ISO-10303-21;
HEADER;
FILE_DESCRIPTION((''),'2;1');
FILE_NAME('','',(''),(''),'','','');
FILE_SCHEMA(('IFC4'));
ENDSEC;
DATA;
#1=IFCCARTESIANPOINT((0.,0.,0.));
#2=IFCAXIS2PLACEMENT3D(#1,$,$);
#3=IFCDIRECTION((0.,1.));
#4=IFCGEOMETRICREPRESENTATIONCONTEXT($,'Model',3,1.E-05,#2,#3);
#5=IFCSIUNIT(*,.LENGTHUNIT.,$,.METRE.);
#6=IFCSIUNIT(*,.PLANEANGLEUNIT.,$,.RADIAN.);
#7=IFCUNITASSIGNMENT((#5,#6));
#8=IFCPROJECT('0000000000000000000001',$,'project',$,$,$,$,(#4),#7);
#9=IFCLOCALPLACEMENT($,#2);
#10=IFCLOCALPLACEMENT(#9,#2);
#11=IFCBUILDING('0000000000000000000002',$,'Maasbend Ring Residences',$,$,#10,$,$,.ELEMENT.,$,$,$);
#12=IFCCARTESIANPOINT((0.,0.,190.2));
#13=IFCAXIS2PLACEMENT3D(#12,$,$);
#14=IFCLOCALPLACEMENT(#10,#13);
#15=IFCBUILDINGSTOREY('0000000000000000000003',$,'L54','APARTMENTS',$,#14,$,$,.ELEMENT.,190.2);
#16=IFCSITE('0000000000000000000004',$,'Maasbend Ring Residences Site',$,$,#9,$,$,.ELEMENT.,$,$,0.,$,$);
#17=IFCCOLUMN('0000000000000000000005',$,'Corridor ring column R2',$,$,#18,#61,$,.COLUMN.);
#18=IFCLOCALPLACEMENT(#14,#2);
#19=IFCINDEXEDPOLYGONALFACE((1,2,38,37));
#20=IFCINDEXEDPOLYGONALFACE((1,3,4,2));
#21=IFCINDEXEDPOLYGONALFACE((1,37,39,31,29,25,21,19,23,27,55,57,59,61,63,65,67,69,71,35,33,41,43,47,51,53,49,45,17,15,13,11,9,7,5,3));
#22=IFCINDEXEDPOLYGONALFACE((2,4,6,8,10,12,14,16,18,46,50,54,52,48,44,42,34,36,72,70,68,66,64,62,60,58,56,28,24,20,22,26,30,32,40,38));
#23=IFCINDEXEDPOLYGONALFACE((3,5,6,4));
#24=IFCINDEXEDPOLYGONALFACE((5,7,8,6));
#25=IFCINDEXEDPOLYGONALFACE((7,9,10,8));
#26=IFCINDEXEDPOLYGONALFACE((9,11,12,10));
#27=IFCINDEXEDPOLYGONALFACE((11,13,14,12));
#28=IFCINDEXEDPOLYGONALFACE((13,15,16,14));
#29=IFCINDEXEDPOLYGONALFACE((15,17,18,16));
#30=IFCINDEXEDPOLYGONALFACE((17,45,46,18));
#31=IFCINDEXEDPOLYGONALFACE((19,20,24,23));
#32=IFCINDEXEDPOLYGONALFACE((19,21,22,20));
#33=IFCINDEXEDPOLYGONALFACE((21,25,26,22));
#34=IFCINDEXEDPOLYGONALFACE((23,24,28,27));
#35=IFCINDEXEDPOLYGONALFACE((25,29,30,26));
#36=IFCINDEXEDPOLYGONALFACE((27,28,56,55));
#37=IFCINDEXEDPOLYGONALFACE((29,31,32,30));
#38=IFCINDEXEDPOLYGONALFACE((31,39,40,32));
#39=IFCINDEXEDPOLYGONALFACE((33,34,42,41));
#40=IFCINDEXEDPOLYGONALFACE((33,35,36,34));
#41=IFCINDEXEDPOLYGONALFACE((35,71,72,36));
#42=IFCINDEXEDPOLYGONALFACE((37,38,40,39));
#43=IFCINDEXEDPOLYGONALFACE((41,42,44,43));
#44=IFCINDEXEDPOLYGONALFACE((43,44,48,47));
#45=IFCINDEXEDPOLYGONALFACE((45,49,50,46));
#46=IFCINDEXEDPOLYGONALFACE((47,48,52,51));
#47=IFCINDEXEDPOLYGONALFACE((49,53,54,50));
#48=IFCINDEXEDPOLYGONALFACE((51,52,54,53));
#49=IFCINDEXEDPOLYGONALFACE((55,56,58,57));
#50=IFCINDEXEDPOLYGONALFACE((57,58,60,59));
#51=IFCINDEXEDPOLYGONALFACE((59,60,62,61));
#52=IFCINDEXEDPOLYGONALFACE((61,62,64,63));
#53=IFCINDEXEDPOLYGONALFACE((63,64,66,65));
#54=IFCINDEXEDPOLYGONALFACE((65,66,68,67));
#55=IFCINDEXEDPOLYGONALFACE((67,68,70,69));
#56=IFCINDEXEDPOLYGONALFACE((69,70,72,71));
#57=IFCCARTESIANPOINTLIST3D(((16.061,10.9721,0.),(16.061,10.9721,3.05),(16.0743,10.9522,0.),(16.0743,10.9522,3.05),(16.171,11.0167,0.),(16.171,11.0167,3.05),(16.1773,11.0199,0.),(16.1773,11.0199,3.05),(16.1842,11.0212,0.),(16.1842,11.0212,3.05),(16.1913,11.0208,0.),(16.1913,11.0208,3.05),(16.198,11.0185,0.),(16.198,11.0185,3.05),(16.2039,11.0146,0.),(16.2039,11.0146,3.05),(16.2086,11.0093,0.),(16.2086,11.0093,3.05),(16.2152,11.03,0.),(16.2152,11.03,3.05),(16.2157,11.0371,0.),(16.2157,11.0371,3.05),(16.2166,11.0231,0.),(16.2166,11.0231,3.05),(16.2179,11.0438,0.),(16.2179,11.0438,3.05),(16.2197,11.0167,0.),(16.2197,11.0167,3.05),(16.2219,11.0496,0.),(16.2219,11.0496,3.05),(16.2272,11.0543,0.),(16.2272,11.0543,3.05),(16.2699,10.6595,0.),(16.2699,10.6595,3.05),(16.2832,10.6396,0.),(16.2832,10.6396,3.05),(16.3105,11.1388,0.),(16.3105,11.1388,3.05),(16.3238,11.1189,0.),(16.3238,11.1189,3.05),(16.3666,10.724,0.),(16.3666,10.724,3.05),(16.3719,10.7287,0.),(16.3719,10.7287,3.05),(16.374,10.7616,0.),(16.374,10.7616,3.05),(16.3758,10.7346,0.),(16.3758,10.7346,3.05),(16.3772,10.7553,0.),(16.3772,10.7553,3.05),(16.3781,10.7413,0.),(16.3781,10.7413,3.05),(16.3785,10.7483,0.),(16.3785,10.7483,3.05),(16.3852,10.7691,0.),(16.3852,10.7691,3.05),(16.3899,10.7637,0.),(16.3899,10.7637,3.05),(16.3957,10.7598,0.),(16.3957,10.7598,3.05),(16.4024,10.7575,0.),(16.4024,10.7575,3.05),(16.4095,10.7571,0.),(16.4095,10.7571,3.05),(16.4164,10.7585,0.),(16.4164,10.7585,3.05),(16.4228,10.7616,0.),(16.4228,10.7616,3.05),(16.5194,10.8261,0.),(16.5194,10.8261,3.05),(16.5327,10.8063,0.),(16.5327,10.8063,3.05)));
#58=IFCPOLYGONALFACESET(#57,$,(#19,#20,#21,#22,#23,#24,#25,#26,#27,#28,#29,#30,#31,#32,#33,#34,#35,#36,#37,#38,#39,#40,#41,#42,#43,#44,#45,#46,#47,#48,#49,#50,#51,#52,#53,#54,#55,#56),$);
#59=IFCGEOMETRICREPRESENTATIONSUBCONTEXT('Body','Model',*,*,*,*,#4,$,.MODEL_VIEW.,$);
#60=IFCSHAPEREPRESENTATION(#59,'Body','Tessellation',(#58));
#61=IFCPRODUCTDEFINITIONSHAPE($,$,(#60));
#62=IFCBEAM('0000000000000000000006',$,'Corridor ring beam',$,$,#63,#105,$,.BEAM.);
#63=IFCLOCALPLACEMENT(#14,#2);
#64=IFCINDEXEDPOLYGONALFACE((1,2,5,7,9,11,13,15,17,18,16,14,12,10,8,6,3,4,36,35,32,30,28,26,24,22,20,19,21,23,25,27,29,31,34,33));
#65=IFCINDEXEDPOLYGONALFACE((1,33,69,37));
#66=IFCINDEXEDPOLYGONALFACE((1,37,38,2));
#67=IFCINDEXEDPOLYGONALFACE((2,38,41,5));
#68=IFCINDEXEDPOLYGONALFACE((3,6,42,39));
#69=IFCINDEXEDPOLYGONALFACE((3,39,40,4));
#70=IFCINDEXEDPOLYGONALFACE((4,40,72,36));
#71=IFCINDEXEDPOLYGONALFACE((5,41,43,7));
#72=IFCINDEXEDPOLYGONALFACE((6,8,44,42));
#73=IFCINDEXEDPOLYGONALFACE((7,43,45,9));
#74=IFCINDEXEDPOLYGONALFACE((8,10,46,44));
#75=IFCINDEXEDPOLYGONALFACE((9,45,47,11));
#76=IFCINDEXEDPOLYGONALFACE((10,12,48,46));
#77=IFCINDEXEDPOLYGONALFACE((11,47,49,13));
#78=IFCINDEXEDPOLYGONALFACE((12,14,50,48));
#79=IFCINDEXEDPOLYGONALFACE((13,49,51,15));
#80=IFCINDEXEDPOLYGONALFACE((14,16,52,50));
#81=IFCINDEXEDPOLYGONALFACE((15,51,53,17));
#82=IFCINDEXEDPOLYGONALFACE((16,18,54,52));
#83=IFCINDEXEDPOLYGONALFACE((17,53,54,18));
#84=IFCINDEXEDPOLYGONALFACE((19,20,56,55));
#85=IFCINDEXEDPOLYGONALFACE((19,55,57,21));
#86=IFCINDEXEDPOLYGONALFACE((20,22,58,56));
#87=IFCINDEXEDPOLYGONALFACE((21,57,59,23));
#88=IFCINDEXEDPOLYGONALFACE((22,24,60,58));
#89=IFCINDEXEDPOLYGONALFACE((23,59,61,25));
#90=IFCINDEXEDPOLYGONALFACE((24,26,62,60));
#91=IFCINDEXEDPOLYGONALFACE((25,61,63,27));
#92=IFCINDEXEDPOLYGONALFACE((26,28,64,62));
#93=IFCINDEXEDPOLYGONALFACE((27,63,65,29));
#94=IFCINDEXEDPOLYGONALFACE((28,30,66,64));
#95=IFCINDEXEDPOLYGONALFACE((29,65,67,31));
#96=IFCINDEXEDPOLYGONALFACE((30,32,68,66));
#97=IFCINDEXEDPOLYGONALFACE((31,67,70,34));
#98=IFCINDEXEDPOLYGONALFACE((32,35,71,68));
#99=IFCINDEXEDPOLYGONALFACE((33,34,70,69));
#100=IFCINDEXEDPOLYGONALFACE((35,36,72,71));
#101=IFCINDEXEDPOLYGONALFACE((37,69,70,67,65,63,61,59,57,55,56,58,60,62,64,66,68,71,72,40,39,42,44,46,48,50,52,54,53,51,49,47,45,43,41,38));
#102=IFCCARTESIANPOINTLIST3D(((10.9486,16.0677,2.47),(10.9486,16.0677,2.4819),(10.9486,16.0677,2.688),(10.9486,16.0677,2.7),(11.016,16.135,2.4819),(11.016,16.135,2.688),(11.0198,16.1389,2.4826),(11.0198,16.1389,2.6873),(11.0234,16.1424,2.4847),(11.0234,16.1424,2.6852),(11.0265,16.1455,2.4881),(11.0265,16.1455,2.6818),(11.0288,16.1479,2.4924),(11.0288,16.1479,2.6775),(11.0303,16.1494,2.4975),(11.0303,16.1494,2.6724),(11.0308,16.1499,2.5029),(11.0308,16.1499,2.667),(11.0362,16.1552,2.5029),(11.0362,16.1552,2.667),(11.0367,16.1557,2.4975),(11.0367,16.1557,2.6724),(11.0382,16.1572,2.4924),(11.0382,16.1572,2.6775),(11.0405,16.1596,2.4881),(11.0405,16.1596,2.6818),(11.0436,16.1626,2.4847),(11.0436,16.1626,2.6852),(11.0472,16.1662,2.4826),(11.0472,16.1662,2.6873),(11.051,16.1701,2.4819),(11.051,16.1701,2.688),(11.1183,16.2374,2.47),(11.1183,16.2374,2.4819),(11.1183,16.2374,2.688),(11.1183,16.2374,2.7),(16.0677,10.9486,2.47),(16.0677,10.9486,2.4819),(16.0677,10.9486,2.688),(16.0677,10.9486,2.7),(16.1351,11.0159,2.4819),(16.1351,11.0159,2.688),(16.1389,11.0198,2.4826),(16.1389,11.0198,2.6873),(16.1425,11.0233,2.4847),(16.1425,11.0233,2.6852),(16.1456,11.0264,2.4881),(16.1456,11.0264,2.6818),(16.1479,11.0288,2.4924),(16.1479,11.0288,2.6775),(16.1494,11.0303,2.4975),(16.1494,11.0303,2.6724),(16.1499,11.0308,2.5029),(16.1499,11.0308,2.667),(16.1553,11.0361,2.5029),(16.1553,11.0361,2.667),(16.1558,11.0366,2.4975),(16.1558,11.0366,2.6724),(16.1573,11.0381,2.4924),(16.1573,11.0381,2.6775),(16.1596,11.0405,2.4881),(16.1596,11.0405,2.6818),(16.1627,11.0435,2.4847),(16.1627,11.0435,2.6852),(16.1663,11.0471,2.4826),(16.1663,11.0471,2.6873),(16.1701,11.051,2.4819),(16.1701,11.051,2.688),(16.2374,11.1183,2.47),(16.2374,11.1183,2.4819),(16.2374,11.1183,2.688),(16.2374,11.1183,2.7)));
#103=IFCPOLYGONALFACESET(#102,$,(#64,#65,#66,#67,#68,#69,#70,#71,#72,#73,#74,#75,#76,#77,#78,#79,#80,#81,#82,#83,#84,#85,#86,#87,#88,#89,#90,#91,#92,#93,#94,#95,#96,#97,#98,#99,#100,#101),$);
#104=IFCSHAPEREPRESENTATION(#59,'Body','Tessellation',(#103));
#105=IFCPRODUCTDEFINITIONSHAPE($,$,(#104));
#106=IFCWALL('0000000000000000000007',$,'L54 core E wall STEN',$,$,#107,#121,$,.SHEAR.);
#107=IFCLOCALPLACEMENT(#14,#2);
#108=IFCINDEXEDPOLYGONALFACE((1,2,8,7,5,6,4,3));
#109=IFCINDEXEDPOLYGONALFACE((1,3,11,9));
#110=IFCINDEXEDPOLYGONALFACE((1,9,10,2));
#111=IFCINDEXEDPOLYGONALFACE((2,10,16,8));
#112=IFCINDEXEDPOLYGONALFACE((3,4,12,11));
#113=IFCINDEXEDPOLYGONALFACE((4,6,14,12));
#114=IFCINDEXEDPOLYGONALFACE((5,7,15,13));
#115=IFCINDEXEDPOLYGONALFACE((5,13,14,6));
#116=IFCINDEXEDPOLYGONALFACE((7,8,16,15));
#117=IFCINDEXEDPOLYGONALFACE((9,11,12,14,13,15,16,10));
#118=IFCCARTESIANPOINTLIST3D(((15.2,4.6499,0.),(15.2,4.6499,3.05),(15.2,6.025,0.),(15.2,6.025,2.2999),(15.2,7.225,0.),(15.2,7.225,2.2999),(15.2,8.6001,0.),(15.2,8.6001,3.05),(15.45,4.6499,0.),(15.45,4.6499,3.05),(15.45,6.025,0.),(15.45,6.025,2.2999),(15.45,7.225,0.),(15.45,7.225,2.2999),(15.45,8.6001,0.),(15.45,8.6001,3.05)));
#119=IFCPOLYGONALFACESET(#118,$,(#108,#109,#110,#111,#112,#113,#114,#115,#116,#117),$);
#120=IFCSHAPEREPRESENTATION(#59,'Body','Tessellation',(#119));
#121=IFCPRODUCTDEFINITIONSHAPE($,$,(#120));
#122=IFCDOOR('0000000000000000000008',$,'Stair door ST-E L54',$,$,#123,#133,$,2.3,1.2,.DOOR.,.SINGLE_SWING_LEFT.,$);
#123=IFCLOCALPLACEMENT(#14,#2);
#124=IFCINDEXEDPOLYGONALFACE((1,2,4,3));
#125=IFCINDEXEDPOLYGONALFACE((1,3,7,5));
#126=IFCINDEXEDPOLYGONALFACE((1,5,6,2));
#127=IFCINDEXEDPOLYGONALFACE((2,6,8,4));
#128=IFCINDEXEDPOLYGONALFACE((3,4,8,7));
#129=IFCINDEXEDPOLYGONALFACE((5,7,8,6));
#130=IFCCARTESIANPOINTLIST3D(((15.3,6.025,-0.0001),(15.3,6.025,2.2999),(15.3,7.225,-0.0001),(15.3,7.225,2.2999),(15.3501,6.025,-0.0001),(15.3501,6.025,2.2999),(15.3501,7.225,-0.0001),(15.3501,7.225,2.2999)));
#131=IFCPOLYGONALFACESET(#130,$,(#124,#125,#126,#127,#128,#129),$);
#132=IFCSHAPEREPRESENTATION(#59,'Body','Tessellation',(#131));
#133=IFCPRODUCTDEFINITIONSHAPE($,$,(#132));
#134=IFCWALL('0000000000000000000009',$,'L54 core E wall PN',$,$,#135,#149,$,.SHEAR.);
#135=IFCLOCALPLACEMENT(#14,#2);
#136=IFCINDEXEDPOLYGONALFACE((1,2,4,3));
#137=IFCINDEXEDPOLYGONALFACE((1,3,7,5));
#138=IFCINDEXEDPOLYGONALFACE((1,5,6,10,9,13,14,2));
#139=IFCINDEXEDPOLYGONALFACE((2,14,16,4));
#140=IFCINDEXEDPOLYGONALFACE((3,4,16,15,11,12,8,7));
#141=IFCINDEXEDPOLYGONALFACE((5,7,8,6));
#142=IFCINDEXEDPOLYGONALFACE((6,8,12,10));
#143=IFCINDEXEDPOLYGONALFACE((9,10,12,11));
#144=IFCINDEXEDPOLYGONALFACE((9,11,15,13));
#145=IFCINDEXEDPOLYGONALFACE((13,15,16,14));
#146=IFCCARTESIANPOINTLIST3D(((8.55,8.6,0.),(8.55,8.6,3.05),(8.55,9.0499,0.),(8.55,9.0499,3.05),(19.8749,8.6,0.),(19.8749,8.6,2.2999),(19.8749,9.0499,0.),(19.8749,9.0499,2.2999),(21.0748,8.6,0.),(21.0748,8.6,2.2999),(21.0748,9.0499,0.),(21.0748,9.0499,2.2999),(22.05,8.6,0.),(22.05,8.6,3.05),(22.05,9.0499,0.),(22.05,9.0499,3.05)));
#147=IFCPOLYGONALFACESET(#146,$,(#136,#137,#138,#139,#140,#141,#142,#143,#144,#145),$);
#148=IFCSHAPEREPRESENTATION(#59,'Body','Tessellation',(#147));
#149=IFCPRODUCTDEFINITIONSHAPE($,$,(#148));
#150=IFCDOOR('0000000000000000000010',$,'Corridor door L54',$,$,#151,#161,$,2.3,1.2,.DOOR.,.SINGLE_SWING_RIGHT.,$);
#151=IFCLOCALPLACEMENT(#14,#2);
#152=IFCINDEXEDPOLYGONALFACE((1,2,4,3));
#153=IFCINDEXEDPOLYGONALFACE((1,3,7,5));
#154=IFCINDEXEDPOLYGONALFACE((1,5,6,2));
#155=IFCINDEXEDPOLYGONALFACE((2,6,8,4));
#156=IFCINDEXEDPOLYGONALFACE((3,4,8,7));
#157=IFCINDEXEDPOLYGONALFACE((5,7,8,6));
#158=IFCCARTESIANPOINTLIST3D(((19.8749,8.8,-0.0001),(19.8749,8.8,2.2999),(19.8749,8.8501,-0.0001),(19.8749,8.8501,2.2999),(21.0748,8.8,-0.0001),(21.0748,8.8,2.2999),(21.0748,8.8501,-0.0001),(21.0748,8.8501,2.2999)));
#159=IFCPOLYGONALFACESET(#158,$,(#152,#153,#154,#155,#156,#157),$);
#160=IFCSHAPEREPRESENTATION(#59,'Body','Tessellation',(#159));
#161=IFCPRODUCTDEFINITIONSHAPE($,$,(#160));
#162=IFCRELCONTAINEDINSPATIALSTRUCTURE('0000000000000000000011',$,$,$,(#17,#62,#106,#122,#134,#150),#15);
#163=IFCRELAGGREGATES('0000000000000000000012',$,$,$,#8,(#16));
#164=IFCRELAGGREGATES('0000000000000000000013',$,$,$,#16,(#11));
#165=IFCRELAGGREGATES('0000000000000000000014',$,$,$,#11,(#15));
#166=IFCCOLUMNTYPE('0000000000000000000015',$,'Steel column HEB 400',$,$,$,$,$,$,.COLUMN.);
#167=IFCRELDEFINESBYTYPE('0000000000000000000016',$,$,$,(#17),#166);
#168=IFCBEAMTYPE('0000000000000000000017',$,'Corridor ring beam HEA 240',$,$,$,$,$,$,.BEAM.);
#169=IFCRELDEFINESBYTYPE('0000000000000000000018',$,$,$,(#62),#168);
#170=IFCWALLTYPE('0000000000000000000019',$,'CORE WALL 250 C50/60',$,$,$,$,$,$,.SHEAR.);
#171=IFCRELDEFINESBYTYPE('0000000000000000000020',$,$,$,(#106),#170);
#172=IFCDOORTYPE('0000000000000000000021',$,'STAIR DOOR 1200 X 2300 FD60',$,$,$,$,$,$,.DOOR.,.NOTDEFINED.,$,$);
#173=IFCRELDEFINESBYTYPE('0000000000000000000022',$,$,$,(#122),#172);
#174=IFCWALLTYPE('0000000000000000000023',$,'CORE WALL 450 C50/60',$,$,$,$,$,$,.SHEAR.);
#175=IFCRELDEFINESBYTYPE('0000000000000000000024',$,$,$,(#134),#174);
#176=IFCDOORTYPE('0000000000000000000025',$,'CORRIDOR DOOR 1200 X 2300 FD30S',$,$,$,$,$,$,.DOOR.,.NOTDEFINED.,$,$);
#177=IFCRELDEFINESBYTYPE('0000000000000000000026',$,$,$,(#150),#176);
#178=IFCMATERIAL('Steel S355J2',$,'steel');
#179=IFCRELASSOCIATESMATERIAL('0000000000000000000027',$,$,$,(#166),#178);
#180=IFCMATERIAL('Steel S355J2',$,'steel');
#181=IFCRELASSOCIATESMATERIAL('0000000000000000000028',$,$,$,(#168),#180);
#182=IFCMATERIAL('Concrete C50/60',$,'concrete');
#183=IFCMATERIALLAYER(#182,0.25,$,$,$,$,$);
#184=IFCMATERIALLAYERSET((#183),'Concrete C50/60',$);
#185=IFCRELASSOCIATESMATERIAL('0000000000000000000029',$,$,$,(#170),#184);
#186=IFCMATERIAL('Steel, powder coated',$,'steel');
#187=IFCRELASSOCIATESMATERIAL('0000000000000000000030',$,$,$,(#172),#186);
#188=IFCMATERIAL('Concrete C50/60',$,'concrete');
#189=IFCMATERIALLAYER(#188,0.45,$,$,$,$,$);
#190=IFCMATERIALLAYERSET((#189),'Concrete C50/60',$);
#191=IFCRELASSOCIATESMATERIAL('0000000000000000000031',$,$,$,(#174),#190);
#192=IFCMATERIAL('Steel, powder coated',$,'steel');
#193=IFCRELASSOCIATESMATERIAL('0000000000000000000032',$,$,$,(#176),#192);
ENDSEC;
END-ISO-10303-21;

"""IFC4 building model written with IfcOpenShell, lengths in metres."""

from ifc_helpers import new_model, si_unit, direction, frame, frame_2d, origin, origin_2d, place, context, subcontext, project, spatial, rectangle, i_section, extrude, material, layer, layer_set, material_profile, profile_set, type_object, element, fill, save


model = new_model("IFC4")

# Units and contexts
model_context = context("Model", 3, precision=1e-05, world=origin(), true_north=direction((0.0, 1.0)))
body_context = subcontext(model_context, "Body", "Model", "MODEL_VIEW")
ifc_project = project(units=[si_unit("LENGTHUNIT", "METRE"), si_unit("PLANEANGLEUNIT", "RADIAN")], contexts=[model_context])

# Site, building, storey
site_placement = place(None, origin())
site = spatial("IfcSite", under=ifc_project, at=site_placement, Name="Maasbend Ring Residences Site", CompositionType="ELEMENT", RefElevation=0.0)
building_placement = place(site_placement, origin())
building = spatial("IfcBuilding", under=site, at=building_placement, Name="Maasbend Ring Residences", CompositionType="ELEMENT")
storey_placement = place(building_placement, frame((0.0, 0.0, 190.2)))
storey = spatial("IfcBuildingStorey", under=building, at=storey_placement, Name="L54", Description="APARTMENTS", CompositionType="ELEMENT", Elevation=190.2)

# Column
ifc_material_1 = material(Name="Steel S355J2", Category="steel")
ifc_material_profile_1 = material_profile(ifc_material_1, i_section(OverallWidth=0.3, OverallDepth=0.3999, WebThickness=0.0134, FlangeThickness=0.0239, FilletRadius=0.0271, at=origin_2d()), Name="HEB 400")
ifc_profile_set_1 = profile_set([ifc_material_profile_1], Name="Steel S355J2")
column_type = type_object("IfcColumnType", Name="Steel column HEB 400", PredefinedType="COLUMN", material=ifc_profile_set_1)
column_placement = place(storey_placement, frame((16.2969, 10.8892, 0.0), z_axis=(0.0, 0.0, 1.0), x_axis=(0.83147, 0.55557, 0.0)))
element("IfcColumn", 1, at=column_placement, inside=storey, type_object=column_type, Name="Corridor ring column R2", PredefinedType="COLUMN", context=body_context, shape_type="SweptSolid", body=[
    extrude(i_section(OverallWidth=0.3, OverallDepth=0.3999, WebThickness=0.0134, FlangeThickness=0.0239, FilletRadius=0.0271, at=origin_2d()), origin(), (0.0, 0.0, 1.0), 3.05),
])

# Beam
ifc_material_2 = material(Name="Steel S355J2", Category="steel")
ifc_material_profile_2 = material_profile(ifc_material_2, i_section(OverallWidth=0.24, OverallDepth=0.23, WebThickness=0.0076, FlangeThickness=0.012, FilletRadius=0.021, at=origin_2d()), Name="HEA 240")
ifc_profile_set_2 = profile_set([ifc_material_profile_2], Name="Steel S355J2")
beam_type = type_object("IfcBeamType", Name="Corridor ring beam HEA 240", PredefinedType="BEAM", material=ifc_profile_set_2)
beam_placement = place(storey_placement, frame((16.1526, 11.0334, 2.585), z_axis=(-0.707107, 0.707107, 0.0), x_axis=(-0.707107, -0.707107, 0.0)))
element("IfcBeam", 2, at=beam_placement, inside=storey, type_object=beam_type, Name="Corridor ring beam", PredefinedType="BEAM", context=body_context, shape_type="SweptSolid", body=[
    extrude(i_section(OverallWidth=0.24, OverallDepth=0.23, WebThickness=0.0076, FlangeThickness=0.012, FilletRadius=0.021, at=origin_2d()), origin(), (0.0, 0.0, 1.0), 7.2395),
])

# Walls, openings, doors
ifc_material_3 = material(Name="Concrete C50/60", Category="concrete")
ifc_layer_1 = layer(ifc_material_3, 0.25)
ifc_layer_set_1 = layer_set([ifc_layer_1], Name="Concrete C50/60")
wall_type_1 = type_object("IfcWallType", Name="CORE WALL 250 C50/60", PredefinedType="SHEAR", material=ifc_layer_set_1)
wall_1_placement = place(storey_placement, frame((15.325, 4.6499, 0.0), z_axis=(0.0, 0.0, 1.0), x_axis=(0.0, 1.0, 0.0)))
wall_1 = element("IfcWall", 3, at=wall_1_placement, inside=storey, type_object=wall_type_1, Name="L54 core E wall STEN", PredefinedType="SHEAR", context=body_context, shape_type="SweptSolid", body=[
    extrude(rectangle(XDim=3.9502, YDim=0.25, at=frame_2d((1.9751, 0.0))), origin(), (0.0, 0.0, 1.0), 3.05),
])
opening_1_placement = place(wall_1_placement, frame((1.375, 0.0, 0.0)))
opening_1 = element("IfcOpeningElement", 4, at=opening_1_placement, cuts=wall_1, PredefinedType="OPENING", context=body_context, shape_type="SweptSolid", body=[
    extrude(rectangle(XDim=1.2, YDim=2.3, at=frame_2d((0.6001, 1.1499))), frame((0.0, 0.135, 0.0), z_axis=(0.0, -1.0, 0.0), x_axis=(1.0, 0.0, 0.0)), (0.0, 0.0, 1.0), 0.27),
])
ifc_material_4 = material(Name="Steel, powder coated", Category="steel")
door_type_1 = type_object("IfcDoorType", Name="STAIR DOOR 1200 X 2300 FD60", OperationType="NOTDEFINED", PredefinedType="DOOR", material=ifc_material_4)
door_1_placement = place(opening_1_placement, origin())
door_1 = element("IfcDoor", 5, at=door_1_placement, inside=storey, type_object=door_type_1, Name="Stair door ST-E L54", OperationType="SINGLE_SWING_LEFT", OverallHeight=2.3, OverallWidth=1.2, PredefinedType="DOOR", context=body_context, shape_type="SweptSolid", body=[
    extrude(rectangle(XDim=1.2, YDim=2.3, at=frame_2d((0.6001, 1.1499))), frame((0.0, 0.0249, 0.0), z_axis=(0.0, -1.0, 0.0), x_axis=(1.0, 0.0, 0.0)), (0.0, 0.0, 1.0), 0.05),
])
fill(opening_1, door_1)
ifc_material_5 = material(Name="Concrete C50/60", Category="concrete")
ifc_layer_2 = layer(ifc_material_5, 0.45)
ifc_layer_set_2 = layer_set([ifc_layer_2], Name="Concrete C50/60")
wall_type_2 = type_object("IfcWallType", Name="CORE WALL 450 C50/60", PredefinedType="SHEAR", material=ifc_layer_set_2)
wall_2_placement = place(storey_placement, frame((22.05, 8.825, 0.0), z_axis=(0.0, 0.0, 1.0), x_axis=(-1.0, 0.0, 0.0)))
wall_2 = element("IfcWall", 6, at=wall_2_placement, inside=storey, type_object=wall_type_2, Name="L54 core E wall PN", PredefinedType="SHEAR", context=body_context, shape_type="SweptSolid", body=[
    extrude(rectangle(XDim=13.5, YDim=0.45, at=frame_2d((6.75, 0.0))), origin(), (0.0, 0.0, 1.0), 3.05),
])
opening_2_placement = place(wall_2_placement, frame((0.9751, 0.0, 0.0)))
opening_2 = element("IfcOpeningElement", 7, at=opening_2_placement, cuts=wall_2, PredefinedType="OPENING", context=body_context, shape_type="SweptSolid", body=[
    extrude(rectangle(XDim=1.2, YDim=2.3, at=frame_2d((0.6001, 1.1499))), frame((0.0, 0.2349, 0.0), z_axis=(0.0, -1.0, 0.0), x_axis=(1.0, 0.0, 0.0)), (0.0, 0.0, 1.0), 0.47),
])
ifc_material_6 = material(Name="Steel, powder coated", Category="steel")
door_type_2 = type_object("IfcDoorType", Name="CORRIDOR DOOR 1200 X 2300 FD30S", OperationType="NOTDEFINED", PredefinedType="DOOR", material=ifc_material_6)
door_2_placement = place(opening_2_placement, origin())
door_2 = element("IfcDoor", 8, at=door_2_placement, inside=storey, type_object=door_type_2, Name="Corridor door L54", OperationType="SINGLE_SWING_RIGHT", OverallHeight=2.3, OverallWidth=1.2, PredefinedType="DOOR", context=body_context, shape_type="SweptSolid", body=[
    extrude(rectangle(XDim=1.2, YDim=2.3, at=frame_2d((0.6001, 1.1499))), frame((0.0, 0.0249, 0.0), z_axis=(0.0, -1.0, 0.0), x_axis=(1.0, 0.0, 0.0)), (0.0, 0.0, 1.0), 0.05),
])
fill(opening_2, door_2)

save(model, "model.ifc")
